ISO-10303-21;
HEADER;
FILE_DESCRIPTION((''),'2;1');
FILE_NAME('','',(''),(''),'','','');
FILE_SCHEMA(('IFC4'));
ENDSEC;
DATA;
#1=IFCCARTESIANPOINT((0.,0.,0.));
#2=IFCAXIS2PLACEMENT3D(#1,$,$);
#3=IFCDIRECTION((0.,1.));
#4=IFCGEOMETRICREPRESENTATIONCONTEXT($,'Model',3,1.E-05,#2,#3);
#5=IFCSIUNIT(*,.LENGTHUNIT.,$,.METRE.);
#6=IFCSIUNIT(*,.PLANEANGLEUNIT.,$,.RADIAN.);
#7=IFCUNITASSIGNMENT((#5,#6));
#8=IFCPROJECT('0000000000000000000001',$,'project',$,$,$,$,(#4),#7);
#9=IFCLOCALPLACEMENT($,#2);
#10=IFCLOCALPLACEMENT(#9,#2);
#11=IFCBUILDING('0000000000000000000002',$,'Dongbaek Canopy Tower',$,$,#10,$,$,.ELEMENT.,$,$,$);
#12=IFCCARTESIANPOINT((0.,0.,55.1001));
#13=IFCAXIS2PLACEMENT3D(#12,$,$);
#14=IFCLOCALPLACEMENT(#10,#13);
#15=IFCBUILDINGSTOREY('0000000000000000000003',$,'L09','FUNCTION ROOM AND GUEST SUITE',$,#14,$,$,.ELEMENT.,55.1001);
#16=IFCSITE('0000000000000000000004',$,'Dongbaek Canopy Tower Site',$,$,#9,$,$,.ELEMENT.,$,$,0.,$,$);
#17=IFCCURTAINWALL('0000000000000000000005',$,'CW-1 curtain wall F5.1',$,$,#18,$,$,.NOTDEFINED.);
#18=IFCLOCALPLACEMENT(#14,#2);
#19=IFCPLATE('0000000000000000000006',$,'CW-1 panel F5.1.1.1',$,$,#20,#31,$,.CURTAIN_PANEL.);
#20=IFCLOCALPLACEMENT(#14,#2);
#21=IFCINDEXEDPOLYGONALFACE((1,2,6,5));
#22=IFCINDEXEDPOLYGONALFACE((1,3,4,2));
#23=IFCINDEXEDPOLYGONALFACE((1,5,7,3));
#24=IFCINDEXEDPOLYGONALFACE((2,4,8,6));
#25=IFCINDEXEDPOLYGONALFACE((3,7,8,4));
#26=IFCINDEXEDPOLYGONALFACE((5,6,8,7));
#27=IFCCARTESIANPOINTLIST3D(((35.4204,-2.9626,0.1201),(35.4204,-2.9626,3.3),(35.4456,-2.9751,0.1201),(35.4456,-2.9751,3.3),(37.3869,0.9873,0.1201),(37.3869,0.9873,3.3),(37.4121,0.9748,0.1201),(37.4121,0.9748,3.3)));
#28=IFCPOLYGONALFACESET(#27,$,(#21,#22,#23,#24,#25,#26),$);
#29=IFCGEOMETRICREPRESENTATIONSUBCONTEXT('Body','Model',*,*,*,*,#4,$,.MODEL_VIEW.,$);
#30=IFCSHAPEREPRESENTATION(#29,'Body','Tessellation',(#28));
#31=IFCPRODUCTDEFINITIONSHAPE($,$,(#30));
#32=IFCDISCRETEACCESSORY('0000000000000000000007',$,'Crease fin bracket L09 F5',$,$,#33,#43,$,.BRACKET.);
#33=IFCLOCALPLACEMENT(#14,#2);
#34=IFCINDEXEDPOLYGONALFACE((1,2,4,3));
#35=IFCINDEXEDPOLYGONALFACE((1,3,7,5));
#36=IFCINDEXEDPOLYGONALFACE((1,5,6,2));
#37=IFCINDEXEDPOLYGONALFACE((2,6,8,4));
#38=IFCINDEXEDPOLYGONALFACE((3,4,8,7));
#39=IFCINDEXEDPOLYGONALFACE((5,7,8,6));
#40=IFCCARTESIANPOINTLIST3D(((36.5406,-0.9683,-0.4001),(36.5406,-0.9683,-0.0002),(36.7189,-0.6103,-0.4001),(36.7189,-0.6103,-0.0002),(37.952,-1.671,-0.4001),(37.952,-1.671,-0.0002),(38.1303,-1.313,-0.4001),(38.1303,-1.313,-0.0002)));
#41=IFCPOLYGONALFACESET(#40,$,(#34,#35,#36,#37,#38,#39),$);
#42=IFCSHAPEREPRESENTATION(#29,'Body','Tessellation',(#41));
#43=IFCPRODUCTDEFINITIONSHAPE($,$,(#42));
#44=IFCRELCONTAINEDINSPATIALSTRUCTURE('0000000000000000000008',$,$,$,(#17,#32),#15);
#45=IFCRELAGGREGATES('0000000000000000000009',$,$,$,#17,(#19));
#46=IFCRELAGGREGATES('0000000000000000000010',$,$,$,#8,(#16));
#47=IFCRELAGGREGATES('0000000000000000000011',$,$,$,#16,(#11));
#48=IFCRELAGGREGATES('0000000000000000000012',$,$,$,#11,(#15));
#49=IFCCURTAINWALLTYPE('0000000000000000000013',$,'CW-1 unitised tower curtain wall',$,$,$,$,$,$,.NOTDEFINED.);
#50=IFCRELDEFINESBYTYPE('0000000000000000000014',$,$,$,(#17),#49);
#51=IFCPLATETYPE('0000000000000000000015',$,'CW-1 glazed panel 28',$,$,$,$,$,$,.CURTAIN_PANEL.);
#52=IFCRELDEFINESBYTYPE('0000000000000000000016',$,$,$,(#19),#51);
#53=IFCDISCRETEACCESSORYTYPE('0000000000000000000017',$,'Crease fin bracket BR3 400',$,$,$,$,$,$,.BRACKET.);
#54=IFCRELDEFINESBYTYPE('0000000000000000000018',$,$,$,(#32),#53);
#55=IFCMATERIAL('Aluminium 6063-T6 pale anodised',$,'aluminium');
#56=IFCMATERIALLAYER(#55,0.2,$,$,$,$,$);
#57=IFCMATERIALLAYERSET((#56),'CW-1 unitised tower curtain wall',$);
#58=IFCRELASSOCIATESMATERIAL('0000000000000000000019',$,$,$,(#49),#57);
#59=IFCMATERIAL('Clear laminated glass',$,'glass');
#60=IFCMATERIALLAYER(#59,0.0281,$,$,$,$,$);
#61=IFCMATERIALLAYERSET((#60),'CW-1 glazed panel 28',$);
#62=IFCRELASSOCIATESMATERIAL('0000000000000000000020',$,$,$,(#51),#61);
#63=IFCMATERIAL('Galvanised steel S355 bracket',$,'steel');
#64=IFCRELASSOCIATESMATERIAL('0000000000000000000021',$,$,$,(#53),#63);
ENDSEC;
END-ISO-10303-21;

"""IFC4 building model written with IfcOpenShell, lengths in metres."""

from ifc_helpers import new_model, si_unit, direction, frame, origin, origin_2d, place, context, subcontext, project, spatial, rectangle, extrude, material, layer, layer_set, type_object, element, aggregate, save


model = new_model("IFC4")

# Units and contexts
model_context = context("Model", 3, precision=1e-05, world=origin(), true_north=direction((0.0, 1.0)))
body_context = subcontext(model_context, "Body", "Model", "MODEL_VIEW")
ifc_project = project(units=[si_unit("LENGTHUNIT", "METRE"), si_unit("PLANEANGLEUNIT", "RADIAN")], contexts=[model_context])

# Site, building, storey
site_placement = place(None, origin())
site = spatial("IfcSite", under=ifc_project, at=site_placement, Name="Dongbaek Canopy Tower Site", CompositionType="ELEMENT", RefElevation=0.0)
building_placement = place(site_placement, origin())
building = spatial("IfcBuilding", under=site, at=building_placement, Name="Dongbaek Canopy Tower", CompositionType="ELEMENT")
storey_placement = place(building_placement, frame((0.0, 0.0, 55.1001)))
storey = spatial("IfcBuildingStorey", under=building, at=storey_placement, Name="L09", Description="FUNCTION ROOM AND GUEST SUITE", CompositionType="ELEMENT", Elevation=55.1001)

# Curtain wall
ifc_material_1 = material(Name="Aluminium 6063-T6 pale anodised", Category="aluminium")
ifc_layer_1 = layer(ifc_material_1, 0.2)
ifc_layer_set_1 = layer_set([ifc_layer_1], Name="CW-1 unitised tower curtain wall")
curtain_wall_type = type_object("IfcCurtainWallType", Name="CW-1 unitised tower curtain wall", PredefinedType="NOTDEFINED", material=ifc_layer_set_1)
curtain_wall_placement = place(storey_placement, origin())
curtain_wall = element("IfcCurtainWall", 1, at=curtain_wall_placement, inside=storey, type_object=curtain_wall_type, Name="CW-1 curtain wall F5.1", PredefinedType="NOTDEFINED")

# Plate
ifc_material_2 = material(Name="Clear laminated glass", Category="glass")
ifc_layer_2 = layer(ifc_material_2, 0.0281)
ifc_layer_set_2 = layer_set([ifc_layer_2], Name="CW-1 glazed panel 28")
plate_type = type_object("IfcPlateType", Name="CW-1 glazed panel 28", PredefinedType="CURTAIN_PANEL", material=ifc_layer_set_2)
plate_placement = place(storey_placement, frame((36.4163, -0.9939, 0.1201), z_axis=(0.0, 0.0, 1.0), x_axis=(0.445678, 0.895193, 0.0)))
plate = element("IfcPlate", 2, at=plate_placement, type_object=plate_type, Name="CW-1 panel F5.1.1.1", PredefinedType="CURTAIN_PANEL", context=body_context, shape_type="SweptSolid", body=[
    extrude(rectangle(XDim=4.4124, YDim=0.0281, at=origin_2d()), origin(), (0.0, 0.0, 1.0), 3.1799),
])
aggregate(curtain_wall, [plate])

# Discrete accessory
ifc_material_3 = material(Name="Galvanised steel S355 bracket", Category="steel")
discrete_accessory_type = type_object("IfcDiscreteAccessoryType", Name="Crease fin bracket BR3 400", PredefinedType="BRACKET", material=ifc_material_3)
discrete_accessory_placement = place(storey_placement, frame((37.3354, -1.1406, -0.4001), z_axis=(0.0, 0.0, 1.0), x_axis=(0.895194, -0.445678, 0.0)))
element("IfcDiscreteAccessory", 3, at=discrete_accessory_placement, inside=storey, type_object=discrete_accessory_type, Name="Crease fin bracket L09 F5", PredefinedType="BRACKET", context=body_context, shape_type="SweptSolid", body=[
    extrude(rectangle(XDim=1.5767, YDim=0.3999, at=origin_2d()), origin(), (0.0, 0.0, 1.0), 0.3999),
])

save(model, "model.ifc")
